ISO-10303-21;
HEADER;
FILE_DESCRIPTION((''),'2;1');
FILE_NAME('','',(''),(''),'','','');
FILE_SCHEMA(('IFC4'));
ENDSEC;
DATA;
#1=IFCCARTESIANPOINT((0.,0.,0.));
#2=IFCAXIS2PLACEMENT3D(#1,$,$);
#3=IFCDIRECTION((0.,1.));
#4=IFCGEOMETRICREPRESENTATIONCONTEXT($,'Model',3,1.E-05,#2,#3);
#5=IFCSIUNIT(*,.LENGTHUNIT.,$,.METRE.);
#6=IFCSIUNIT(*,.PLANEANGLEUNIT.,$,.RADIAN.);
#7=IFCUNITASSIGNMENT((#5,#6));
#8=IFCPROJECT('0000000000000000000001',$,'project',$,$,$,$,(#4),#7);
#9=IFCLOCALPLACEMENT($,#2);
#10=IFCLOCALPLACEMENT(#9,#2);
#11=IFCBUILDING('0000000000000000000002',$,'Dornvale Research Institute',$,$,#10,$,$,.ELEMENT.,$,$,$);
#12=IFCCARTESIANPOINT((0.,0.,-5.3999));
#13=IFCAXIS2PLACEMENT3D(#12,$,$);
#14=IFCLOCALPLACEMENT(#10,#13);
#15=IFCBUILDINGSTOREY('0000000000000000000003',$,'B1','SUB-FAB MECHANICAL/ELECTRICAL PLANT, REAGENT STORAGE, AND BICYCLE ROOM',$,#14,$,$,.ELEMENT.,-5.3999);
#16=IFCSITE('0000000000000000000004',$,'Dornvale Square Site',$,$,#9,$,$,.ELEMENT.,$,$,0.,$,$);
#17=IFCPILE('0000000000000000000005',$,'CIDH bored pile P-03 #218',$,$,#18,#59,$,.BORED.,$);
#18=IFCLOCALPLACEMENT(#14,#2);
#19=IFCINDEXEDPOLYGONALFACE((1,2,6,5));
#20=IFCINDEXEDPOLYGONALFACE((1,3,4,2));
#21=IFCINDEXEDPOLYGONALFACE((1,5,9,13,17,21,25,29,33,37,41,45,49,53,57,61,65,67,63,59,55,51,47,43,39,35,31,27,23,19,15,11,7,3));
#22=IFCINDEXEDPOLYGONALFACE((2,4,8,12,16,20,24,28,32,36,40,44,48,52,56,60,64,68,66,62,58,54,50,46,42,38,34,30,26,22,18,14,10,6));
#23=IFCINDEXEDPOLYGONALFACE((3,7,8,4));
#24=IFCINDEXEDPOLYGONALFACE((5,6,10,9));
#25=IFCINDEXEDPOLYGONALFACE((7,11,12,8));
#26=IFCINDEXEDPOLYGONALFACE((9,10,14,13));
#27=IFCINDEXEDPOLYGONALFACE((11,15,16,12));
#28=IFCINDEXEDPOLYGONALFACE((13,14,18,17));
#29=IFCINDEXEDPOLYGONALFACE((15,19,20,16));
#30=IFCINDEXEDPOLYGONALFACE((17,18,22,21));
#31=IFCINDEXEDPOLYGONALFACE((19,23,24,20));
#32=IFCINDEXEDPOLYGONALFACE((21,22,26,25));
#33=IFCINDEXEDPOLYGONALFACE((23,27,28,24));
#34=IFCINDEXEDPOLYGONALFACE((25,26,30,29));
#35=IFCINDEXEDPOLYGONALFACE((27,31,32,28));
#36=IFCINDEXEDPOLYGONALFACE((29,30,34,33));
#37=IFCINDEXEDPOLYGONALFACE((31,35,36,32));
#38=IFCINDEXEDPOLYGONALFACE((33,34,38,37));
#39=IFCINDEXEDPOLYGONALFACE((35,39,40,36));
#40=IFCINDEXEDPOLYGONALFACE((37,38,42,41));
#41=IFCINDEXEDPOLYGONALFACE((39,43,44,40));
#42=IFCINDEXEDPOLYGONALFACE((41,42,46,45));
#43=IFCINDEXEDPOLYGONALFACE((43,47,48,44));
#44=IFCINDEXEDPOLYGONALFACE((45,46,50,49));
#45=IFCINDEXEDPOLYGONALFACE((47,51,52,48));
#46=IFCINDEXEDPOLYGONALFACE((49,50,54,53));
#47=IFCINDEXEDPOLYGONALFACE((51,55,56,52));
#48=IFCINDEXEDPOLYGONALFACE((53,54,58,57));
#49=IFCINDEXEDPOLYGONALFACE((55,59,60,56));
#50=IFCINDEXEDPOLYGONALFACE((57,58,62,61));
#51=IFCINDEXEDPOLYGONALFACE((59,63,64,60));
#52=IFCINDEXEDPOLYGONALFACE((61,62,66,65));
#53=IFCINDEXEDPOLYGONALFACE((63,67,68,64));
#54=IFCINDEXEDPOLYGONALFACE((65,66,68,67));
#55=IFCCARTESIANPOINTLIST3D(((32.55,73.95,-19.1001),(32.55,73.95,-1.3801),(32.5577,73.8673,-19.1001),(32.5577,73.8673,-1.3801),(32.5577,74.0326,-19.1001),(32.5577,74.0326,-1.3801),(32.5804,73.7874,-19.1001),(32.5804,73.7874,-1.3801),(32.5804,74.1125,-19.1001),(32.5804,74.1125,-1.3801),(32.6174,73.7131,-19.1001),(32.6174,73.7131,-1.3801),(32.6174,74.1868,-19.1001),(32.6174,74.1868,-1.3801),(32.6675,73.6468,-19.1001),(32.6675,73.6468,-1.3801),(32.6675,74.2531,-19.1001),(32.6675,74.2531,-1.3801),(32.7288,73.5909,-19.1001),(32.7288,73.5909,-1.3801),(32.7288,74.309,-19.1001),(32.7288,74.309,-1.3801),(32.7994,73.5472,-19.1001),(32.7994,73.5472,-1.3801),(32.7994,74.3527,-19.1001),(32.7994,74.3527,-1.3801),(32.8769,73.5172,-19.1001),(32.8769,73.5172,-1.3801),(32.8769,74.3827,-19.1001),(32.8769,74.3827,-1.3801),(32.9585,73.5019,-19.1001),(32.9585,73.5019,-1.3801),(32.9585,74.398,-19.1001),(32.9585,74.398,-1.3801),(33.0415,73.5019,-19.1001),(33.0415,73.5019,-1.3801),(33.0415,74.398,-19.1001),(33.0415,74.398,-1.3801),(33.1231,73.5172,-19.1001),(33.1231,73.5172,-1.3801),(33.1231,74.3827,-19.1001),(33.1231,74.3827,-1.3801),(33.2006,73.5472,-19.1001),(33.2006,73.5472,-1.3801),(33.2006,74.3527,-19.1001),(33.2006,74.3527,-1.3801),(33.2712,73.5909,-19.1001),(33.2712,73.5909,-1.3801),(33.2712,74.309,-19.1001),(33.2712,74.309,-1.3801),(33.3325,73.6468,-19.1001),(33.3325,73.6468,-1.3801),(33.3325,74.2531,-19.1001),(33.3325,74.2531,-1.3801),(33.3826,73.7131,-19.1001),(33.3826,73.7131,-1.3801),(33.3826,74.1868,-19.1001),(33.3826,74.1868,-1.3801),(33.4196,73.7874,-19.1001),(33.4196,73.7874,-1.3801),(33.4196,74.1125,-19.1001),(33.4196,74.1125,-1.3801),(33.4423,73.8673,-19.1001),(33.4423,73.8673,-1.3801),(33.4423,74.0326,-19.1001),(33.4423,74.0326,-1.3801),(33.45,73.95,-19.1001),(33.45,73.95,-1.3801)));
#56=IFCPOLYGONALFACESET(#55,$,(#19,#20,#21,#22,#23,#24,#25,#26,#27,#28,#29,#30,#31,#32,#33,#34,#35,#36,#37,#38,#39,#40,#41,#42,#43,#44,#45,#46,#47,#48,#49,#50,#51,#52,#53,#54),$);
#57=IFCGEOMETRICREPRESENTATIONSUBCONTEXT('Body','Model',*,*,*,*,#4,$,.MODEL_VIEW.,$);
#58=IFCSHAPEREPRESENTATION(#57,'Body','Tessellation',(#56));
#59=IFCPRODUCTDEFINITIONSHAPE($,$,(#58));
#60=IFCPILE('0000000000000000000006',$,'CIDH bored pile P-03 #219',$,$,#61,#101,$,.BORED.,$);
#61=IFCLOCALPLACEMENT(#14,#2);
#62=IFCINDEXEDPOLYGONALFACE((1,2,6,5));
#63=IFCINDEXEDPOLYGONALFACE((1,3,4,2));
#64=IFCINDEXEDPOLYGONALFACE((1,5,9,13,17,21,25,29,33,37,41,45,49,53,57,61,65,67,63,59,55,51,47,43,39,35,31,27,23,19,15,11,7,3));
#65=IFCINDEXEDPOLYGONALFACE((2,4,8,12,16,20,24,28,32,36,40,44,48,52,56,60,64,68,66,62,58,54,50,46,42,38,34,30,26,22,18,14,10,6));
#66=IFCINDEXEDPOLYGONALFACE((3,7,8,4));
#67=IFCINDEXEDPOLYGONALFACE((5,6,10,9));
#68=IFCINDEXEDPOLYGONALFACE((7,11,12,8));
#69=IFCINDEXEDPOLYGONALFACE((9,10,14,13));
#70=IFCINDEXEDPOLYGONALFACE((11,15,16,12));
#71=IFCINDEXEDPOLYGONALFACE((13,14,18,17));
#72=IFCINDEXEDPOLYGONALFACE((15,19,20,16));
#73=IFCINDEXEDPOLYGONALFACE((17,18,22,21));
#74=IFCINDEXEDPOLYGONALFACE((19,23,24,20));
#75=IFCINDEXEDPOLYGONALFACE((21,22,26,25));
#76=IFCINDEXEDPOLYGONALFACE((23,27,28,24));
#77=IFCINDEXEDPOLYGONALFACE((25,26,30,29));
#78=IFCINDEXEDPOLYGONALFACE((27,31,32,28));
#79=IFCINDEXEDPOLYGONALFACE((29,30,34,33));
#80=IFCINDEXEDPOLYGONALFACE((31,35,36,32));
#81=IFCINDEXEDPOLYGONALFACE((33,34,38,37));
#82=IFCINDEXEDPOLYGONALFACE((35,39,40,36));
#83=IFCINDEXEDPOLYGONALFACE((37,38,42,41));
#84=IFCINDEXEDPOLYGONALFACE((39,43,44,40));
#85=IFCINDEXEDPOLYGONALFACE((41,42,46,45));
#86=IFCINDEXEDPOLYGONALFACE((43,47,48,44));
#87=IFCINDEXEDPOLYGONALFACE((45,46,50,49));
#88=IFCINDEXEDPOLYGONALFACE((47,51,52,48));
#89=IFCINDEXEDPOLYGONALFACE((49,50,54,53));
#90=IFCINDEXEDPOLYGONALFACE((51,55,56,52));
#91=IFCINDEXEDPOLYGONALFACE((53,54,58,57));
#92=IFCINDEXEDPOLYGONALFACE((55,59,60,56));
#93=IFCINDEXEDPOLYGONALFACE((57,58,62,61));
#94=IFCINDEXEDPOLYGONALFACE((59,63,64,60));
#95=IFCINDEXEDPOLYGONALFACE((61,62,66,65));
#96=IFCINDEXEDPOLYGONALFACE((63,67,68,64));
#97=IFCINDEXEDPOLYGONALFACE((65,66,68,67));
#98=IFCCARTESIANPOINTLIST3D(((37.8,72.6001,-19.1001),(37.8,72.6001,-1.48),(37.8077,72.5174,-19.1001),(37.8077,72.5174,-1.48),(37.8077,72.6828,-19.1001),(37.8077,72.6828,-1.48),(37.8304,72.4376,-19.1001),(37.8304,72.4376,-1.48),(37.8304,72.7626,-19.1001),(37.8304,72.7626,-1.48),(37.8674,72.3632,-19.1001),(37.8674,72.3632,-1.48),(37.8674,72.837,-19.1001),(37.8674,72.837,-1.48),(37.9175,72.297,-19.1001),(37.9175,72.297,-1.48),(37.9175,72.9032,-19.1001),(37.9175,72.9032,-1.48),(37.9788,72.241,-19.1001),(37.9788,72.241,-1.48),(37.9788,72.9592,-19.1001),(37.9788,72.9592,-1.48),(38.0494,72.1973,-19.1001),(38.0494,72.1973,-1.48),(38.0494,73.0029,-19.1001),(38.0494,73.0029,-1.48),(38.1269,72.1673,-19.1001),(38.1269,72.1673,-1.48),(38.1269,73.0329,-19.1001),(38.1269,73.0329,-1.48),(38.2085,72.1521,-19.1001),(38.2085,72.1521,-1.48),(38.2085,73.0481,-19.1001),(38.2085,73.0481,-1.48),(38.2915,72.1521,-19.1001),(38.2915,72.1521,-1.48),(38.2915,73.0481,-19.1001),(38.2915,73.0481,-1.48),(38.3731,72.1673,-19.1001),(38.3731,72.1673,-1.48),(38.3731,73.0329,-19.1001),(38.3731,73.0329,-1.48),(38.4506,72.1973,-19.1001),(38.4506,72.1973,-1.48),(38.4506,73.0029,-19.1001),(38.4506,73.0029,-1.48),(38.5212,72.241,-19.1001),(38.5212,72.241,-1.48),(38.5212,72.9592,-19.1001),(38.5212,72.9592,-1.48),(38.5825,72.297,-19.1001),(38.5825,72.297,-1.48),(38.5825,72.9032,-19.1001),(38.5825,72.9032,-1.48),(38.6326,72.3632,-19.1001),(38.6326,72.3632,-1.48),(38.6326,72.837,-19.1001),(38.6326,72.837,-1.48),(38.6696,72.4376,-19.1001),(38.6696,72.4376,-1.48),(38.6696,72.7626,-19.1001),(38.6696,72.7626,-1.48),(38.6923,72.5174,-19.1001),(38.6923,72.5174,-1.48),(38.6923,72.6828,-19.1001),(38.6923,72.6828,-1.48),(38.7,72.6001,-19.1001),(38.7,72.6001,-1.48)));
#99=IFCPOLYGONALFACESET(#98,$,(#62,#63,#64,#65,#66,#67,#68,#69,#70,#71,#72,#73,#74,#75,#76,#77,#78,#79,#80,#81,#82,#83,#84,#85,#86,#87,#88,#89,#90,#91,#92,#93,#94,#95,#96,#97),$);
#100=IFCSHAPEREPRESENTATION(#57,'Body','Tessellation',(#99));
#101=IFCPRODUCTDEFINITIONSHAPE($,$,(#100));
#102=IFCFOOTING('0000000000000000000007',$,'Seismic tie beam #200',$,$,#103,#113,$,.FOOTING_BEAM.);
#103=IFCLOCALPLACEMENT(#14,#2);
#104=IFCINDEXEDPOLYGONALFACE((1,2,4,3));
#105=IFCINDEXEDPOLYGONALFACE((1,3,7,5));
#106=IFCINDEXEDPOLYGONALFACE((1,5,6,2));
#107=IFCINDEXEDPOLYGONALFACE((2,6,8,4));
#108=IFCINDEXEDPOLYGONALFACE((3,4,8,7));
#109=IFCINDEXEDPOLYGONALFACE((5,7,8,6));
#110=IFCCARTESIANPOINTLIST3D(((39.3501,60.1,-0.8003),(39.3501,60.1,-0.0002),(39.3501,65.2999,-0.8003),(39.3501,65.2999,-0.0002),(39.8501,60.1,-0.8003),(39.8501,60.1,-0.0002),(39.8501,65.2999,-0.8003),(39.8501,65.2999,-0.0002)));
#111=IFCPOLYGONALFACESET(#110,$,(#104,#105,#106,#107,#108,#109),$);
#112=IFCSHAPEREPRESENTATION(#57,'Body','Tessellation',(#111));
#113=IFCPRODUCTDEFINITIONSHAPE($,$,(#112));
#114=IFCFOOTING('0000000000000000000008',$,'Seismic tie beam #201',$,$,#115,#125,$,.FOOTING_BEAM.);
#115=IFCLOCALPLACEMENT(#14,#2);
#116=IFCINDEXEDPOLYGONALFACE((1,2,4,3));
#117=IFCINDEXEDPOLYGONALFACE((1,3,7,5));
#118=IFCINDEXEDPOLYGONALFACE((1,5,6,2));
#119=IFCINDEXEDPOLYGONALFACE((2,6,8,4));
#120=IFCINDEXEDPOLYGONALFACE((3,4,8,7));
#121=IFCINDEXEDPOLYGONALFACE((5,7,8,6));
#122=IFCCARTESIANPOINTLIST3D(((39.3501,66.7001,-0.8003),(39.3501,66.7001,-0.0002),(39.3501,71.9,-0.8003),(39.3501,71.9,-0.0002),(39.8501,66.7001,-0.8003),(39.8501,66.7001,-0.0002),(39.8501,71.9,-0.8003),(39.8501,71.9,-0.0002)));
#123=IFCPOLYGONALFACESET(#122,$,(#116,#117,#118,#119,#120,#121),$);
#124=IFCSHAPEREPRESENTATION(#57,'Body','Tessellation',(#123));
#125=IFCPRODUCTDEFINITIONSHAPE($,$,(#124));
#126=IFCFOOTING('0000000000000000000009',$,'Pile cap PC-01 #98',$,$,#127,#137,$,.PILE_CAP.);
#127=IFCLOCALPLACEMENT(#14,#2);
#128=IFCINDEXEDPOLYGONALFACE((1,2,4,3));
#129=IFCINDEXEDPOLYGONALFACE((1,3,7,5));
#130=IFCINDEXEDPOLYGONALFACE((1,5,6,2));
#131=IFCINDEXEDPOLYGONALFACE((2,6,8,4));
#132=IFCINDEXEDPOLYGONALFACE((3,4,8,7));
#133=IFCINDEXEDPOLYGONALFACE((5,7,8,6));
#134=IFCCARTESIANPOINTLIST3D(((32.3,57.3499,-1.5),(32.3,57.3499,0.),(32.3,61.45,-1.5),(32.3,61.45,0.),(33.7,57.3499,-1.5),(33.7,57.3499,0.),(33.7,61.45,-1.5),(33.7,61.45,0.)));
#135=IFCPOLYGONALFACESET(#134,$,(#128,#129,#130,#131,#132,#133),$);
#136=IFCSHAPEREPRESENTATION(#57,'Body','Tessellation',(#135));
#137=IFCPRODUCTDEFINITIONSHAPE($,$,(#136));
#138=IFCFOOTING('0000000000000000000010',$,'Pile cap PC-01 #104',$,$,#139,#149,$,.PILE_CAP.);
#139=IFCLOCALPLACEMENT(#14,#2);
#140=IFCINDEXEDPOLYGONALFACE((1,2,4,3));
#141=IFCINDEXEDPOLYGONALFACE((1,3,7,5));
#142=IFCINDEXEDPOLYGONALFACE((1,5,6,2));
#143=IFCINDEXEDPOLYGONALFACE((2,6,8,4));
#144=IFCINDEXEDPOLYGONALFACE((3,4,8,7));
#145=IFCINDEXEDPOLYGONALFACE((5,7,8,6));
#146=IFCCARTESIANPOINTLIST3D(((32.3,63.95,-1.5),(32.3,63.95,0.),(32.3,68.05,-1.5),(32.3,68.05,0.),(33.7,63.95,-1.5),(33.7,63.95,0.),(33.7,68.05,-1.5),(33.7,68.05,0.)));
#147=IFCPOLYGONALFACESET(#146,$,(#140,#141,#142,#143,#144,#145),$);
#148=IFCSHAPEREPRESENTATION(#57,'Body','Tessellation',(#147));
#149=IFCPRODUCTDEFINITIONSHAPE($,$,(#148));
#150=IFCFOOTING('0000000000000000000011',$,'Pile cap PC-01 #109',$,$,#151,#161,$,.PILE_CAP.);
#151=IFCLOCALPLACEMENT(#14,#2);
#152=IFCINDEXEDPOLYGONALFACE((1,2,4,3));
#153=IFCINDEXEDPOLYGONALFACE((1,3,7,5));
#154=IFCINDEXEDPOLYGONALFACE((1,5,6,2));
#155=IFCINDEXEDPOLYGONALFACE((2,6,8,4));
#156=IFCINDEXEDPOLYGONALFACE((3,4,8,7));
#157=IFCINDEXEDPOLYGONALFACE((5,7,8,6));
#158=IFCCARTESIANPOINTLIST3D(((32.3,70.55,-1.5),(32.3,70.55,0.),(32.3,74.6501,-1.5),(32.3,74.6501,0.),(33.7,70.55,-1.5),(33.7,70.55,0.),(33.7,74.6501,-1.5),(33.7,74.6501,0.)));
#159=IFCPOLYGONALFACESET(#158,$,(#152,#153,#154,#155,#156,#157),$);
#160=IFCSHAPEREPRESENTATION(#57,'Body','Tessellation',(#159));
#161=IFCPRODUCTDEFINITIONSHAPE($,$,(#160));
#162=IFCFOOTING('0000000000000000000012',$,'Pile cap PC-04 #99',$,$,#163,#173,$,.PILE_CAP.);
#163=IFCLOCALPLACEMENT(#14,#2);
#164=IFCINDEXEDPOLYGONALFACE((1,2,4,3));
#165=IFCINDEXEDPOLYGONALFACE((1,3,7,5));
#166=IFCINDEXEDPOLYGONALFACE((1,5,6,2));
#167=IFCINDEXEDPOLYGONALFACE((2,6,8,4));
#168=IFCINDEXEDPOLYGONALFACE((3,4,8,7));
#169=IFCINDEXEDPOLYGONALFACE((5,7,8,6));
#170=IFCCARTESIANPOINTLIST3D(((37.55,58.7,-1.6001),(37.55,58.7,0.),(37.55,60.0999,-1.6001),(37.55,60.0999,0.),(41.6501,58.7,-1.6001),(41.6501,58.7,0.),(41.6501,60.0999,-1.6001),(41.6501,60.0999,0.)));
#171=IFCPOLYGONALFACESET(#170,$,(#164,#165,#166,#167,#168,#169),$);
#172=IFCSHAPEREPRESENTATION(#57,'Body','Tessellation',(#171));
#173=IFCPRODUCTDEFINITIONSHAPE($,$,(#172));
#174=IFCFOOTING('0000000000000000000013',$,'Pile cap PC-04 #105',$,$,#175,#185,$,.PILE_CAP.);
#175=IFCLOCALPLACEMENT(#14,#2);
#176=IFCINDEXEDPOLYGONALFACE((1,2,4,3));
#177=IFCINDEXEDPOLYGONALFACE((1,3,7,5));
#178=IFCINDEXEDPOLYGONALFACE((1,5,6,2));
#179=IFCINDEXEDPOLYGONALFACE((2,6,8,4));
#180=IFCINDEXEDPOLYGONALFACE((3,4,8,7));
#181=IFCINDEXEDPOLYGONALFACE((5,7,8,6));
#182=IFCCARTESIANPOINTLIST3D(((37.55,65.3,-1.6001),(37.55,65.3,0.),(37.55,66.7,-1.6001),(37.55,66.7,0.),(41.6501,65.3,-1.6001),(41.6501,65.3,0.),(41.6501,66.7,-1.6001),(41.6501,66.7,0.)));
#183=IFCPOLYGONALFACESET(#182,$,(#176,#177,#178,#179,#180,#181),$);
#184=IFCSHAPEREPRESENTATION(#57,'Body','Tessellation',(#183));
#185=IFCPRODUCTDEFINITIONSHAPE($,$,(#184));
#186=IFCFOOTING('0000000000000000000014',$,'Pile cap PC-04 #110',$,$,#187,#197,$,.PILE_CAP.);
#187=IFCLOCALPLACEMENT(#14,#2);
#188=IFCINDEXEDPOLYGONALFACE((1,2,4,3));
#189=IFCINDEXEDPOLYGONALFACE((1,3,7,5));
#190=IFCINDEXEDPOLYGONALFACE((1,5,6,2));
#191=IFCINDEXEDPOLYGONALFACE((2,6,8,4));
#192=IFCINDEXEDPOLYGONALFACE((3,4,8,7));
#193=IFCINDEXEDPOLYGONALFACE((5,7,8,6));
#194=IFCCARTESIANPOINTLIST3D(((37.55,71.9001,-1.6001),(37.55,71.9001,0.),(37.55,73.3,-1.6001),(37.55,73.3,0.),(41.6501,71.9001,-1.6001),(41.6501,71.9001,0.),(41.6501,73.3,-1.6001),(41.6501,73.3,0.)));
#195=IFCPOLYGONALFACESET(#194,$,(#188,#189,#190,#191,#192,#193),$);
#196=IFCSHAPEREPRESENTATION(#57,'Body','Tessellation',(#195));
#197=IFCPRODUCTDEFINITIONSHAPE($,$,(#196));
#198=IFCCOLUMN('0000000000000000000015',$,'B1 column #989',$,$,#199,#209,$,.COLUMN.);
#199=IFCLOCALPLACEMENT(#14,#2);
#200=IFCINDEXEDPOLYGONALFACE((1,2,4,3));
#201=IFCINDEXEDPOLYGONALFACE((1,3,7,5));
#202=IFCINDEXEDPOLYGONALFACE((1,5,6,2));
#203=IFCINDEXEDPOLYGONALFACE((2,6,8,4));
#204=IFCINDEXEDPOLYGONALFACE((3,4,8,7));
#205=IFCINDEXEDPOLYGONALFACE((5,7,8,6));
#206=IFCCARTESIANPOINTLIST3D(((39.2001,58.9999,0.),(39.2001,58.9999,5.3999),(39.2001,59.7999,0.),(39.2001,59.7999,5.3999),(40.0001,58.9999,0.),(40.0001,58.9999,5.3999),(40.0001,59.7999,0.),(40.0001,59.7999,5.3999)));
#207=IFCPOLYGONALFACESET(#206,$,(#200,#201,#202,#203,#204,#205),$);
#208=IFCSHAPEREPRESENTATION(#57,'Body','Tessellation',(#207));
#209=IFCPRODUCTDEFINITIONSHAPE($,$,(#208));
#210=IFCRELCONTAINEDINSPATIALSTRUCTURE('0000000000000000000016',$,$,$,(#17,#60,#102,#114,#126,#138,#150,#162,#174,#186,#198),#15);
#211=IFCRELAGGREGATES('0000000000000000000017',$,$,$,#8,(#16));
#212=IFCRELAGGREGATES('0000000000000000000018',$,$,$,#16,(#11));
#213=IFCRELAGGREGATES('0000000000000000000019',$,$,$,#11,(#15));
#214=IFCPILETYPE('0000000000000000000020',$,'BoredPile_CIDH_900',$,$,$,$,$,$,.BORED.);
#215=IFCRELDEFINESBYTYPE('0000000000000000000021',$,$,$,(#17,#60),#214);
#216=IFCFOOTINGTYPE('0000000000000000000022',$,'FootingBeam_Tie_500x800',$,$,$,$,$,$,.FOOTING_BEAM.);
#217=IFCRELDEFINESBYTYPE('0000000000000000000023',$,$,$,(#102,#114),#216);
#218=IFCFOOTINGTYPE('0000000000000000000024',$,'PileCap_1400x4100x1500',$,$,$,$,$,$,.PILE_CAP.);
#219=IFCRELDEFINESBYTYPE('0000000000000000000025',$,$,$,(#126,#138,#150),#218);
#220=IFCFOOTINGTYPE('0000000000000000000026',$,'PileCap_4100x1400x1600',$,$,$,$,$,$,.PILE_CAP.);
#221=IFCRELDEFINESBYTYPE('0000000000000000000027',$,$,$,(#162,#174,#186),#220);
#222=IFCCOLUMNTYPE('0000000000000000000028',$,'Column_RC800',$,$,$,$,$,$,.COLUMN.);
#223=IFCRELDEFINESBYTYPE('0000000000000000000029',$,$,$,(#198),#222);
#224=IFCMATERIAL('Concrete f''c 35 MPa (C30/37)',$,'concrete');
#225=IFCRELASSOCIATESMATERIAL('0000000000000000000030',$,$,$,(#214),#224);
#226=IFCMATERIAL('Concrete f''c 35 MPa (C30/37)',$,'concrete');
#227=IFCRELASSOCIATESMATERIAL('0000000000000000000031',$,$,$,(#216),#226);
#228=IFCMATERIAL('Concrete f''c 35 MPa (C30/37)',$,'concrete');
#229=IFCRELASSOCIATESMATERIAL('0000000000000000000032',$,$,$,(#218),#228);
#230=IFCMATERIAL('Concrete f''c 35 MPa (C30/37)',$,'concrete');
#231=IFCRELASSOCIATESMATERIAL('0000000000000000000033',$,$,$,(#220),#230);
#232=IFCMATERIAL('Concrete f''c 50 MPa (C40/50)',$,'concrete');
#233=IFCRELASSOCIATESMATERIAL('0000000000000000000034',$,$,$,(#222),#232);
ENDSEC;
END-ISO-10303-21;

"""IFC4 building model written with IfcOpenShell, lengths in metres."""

from ifc_helpers import new_model, si_unit, direction, frame, origin, origin_2d, place, context, subcontext, project, spatial, rectangle, circle, extrude, material, material_profile, profile_set, type_object, element, save


model = new_model("IFC4")

# Units and contexts
model_context = context("Model", 3, precision=1e-05, world=origin(), true_north=direction((0.0, 1.0)))
body_context = subcontext(model_context, "Body", "Model", "MODEL_VIEW")
ifc_project = project(units=[si_unit("LENGTHUNIT", "METRE"), si_unit("PLANEANGLEUNIT", "RADIAN")], contexts=[model_context])

# Site, building, storey
site_placement = place(None, origin())
site = spatial("IfcSite", under=ifc_project, at=site_placement, Name="Dornvale Square Site", CompositionType="ELEMENT", RefElevation=0.0)
building_placement = place(site_placement, origin())
building = spatial("IfcBuilding", under=site, at=building_placement, Name="Dornvale Research Institute", CompositionType="ELEMENT")
storey_placement = place(building_placement, frame((0.0, 0.0, -5.3999)))
storey = spatial("IfcBuildingStorey", under=building, at=storey_placement, Name="B1", Description="SUB-FAB MECHANICAL/ELECTRICAL PLANT, REAGENT STORAGE, AND BICYCLE ROOM", CompositionType="ELEMENT", Elevation=-5.3999)

# Piles
ifc_material_1 = material(Name="Concrete f'c 35 MPa (C30/37)", Category="concrete")
ifc_material_profile_1 = material_profile(ifc_material_1, circle(Radius=0.45, at=origin_2d()), Name="CIDH PILE D900")
ifc_profile_set_1 = profile_set([ifc_material_profile_1], Name="Concrete f'c 35 MPa (C30/37)")
pile_type = type_object("IfcPileType", Name="BoredPile_CIDH_900", PredefinedType="BORED", material=ifc_profile_set_1)
for number, where, z_axis, x_axis, name in (
    (1, (33.0, 73.95, -1.3801), (0.0, 0.0, -1.0), (1.0, 0.0, 0.0), "CIDH bored pile P-03 #218"),
):
    element("IfcPile", number, at=place(storey_placement, frame(where, z_axis=z_axis, x_axis=x_axis)), inside=storey, type_object=pile_type, Name=name, PredefinedType="BORED", context=body_context, shape_type="SweptSolid", body=[
        extrude(circle(Radius=0.45, at=origin_2d()), origin(), (0.0, 0.0, 1.0), 17.72),
    ])
pile_1_placement = place(storey_placement, frame((38.25, 72.6001, -1.48), z_axis=(0.0, 0.0, -1.0), x_axis=(1.0, 0.0, 0.0)))
element("IfcPile", 2, at=pile_1_placement, inside=storey, type_object=pile_type, Name="CIDH bored pile P-03 #219", PredefinedType="BORED", context=body_context, shape_type="SweptSolid", body=[
    extrude(circle(Radius=0.45, at=origin_2d()), origin(), (0.0, 0.0, 1.0), 17.6201),
])

# Footings
ifc_material_2 = material(Name="Concrete f'c 35 MPa (C30/37)", Category="concrete")
footing_type_1 = type_object("IfcFootingType", Name="FootingBeam_Tie_500x800", PredefinedType="FOOTING_BEAM", material=ifc_material_2)
for number, where, z_axis, x_axis, name in (
    (3, (39.6001, 62.7, -0.8003), (0.0, 0.0, 1.0), (0.0, 1.0, 0.0), "Seismic tie beam #200"),
    (4, (39.6001, 69.3, -0.8003), (0.0, 0.0, 1.0), (0.0, 1.0, 0.0), "Seismic tie beam #201"),
):
    element("IfcFooting", number, at=place(storey_placement, frame(where, z_axis=z_axis, x_axis=x_axis)), inside=storey, type_object=footing_type_1, Name=name, PredefinedType="FOOTING_BEAM", context=body_context, shape_type="SweptSolid", body=[
        extrude(rectangle(XDim=5.2, YDim=0.5, at=origin_2d()), origin(), (0.0, 0.0, 1.0), 0.8),
    ])
ifc_material_3 = material(Name="Concrete f'c 35 MPa (C30/37)", Category="concrete")
footing_type_2 = type_object("IfcFootingType", Name="PileCap_1400x4100x1500", PredefinedType="PILE_CAP", material=ifc_material_3)
for number, where, z_axis, x_axis, name in (
    (5, (33.0, 59.3999, -1.5), (0.0, 0.0, 1.0), (1.0, 0.0, 0.0), "Pile cap PC-01 #98"),
    (6, (33.0, 66.0, -1.5), (0.0, 0.0, 1.0), (1.0, 0.0, 0.0), "Pile cap PC-01 #104"),
    (7, (33.0, 72.6001, -1.5), (0.0, 0.0, 1.0), (1.0, 0.0, 0.0), "Pile cap PC-01 #109"),
):
    element("IfcFooting", number, at=place(storey_placement, frame(where, z_axis=z_axis, x_axis=x_axis)), inside=storey, type_object=footing_type_2, Name=name, PredefinedType="PILE_CAP", context=body_context, shape_type="SweptSolid", body=[
        extrude(rectangle(XDim=1.3999, YDim=4.1001, at=origin_2d()), origin(), (0.0, 0.0, 1.0), 1.5),
    ])
ifc_material_4 = material(Name="Concrete f'c 35 MPa (C30/37)", Category="concrete")
footing_type_3 = type_object("IfcFootingType", Name="PileCap_4100x1400x1600", PredefinedType="PILE_CAP", material=ifc_material_4)
for number, where, z_axis, x_axis, name in (
    (8, (39.6001, 59.3999, -1.6001), (0.0, 0.0, 1.0), (1.0, 0.0, 0.0), "Pile cap PC-04 #99"),
    (9, (39.6001, 66.0, -1.6001), (0.0, 0.0, 1.0), (1.0, 0.0, 0.0), "Pile cap PC-04 #105"),
    (10, (39.6001, 72.6001, -1.6001), (0.0, 0.0, 1.0), (1.0, 0.0, 0.0), "Pile cap PC-04 #110"),
):
    element("IfcFooting", number, at=place(storey_placement, frame(where, z_axis=z_axis, x_axis=x_axis)), inside=storey, type_object=footing_type_3, Name=name, PredefinedType="PILE_CAP", context=body_context, shape_type="SweptSolid", body=[
        extrude(rectangle(XDim=4.1001, YDim=1.3999, at=origin_2d()), origin(), (0.0, 0.0, 1.0), 1.6001),
    ])

# Column
ifc_material_5 = material(Name="Concrete f'c 50 MPa (C40/50)", Category="concrete")
ifc_material_profile_2 = material_profile(ifc_material_5, rectangle(XDim=0.8, YDim=0.8, at=origin_2d()), Name="RC 800x800")
ifc_profile_set_2 = profile_set([ifc_material_profile_2], Name="Concrete f'c 50 MPa (C40/50)")
column_type = type_object("IfcColumnType", Name="Column_RC800", PredefinedType="COLUMN", material=ifc_profile_set_2)
for number, where, z_axis, x_axis, name in (
    (11, (39.6001, 59.3999, 0.0), (0.0, 0.0, 1.0), (1.0, 0.0, 0.0), "B1 column #989"),
):
    element("IfcColumn", number, at=place(storey_placement, frame(where, z_axis=z_axis, x_axis=x_axis)), inside=storey, type_object=column_type, Name=name, PredefinedType="COLUMN", context=body_context, shape_type="SweptSolid", body=[
        extrude(rectangle(XDim=0.8, YDim=0.8, at=origin_2d()), origin(), (0.0, 0.0, 1.0), 5.3999),
    ])

save(model, "model.ifc")
